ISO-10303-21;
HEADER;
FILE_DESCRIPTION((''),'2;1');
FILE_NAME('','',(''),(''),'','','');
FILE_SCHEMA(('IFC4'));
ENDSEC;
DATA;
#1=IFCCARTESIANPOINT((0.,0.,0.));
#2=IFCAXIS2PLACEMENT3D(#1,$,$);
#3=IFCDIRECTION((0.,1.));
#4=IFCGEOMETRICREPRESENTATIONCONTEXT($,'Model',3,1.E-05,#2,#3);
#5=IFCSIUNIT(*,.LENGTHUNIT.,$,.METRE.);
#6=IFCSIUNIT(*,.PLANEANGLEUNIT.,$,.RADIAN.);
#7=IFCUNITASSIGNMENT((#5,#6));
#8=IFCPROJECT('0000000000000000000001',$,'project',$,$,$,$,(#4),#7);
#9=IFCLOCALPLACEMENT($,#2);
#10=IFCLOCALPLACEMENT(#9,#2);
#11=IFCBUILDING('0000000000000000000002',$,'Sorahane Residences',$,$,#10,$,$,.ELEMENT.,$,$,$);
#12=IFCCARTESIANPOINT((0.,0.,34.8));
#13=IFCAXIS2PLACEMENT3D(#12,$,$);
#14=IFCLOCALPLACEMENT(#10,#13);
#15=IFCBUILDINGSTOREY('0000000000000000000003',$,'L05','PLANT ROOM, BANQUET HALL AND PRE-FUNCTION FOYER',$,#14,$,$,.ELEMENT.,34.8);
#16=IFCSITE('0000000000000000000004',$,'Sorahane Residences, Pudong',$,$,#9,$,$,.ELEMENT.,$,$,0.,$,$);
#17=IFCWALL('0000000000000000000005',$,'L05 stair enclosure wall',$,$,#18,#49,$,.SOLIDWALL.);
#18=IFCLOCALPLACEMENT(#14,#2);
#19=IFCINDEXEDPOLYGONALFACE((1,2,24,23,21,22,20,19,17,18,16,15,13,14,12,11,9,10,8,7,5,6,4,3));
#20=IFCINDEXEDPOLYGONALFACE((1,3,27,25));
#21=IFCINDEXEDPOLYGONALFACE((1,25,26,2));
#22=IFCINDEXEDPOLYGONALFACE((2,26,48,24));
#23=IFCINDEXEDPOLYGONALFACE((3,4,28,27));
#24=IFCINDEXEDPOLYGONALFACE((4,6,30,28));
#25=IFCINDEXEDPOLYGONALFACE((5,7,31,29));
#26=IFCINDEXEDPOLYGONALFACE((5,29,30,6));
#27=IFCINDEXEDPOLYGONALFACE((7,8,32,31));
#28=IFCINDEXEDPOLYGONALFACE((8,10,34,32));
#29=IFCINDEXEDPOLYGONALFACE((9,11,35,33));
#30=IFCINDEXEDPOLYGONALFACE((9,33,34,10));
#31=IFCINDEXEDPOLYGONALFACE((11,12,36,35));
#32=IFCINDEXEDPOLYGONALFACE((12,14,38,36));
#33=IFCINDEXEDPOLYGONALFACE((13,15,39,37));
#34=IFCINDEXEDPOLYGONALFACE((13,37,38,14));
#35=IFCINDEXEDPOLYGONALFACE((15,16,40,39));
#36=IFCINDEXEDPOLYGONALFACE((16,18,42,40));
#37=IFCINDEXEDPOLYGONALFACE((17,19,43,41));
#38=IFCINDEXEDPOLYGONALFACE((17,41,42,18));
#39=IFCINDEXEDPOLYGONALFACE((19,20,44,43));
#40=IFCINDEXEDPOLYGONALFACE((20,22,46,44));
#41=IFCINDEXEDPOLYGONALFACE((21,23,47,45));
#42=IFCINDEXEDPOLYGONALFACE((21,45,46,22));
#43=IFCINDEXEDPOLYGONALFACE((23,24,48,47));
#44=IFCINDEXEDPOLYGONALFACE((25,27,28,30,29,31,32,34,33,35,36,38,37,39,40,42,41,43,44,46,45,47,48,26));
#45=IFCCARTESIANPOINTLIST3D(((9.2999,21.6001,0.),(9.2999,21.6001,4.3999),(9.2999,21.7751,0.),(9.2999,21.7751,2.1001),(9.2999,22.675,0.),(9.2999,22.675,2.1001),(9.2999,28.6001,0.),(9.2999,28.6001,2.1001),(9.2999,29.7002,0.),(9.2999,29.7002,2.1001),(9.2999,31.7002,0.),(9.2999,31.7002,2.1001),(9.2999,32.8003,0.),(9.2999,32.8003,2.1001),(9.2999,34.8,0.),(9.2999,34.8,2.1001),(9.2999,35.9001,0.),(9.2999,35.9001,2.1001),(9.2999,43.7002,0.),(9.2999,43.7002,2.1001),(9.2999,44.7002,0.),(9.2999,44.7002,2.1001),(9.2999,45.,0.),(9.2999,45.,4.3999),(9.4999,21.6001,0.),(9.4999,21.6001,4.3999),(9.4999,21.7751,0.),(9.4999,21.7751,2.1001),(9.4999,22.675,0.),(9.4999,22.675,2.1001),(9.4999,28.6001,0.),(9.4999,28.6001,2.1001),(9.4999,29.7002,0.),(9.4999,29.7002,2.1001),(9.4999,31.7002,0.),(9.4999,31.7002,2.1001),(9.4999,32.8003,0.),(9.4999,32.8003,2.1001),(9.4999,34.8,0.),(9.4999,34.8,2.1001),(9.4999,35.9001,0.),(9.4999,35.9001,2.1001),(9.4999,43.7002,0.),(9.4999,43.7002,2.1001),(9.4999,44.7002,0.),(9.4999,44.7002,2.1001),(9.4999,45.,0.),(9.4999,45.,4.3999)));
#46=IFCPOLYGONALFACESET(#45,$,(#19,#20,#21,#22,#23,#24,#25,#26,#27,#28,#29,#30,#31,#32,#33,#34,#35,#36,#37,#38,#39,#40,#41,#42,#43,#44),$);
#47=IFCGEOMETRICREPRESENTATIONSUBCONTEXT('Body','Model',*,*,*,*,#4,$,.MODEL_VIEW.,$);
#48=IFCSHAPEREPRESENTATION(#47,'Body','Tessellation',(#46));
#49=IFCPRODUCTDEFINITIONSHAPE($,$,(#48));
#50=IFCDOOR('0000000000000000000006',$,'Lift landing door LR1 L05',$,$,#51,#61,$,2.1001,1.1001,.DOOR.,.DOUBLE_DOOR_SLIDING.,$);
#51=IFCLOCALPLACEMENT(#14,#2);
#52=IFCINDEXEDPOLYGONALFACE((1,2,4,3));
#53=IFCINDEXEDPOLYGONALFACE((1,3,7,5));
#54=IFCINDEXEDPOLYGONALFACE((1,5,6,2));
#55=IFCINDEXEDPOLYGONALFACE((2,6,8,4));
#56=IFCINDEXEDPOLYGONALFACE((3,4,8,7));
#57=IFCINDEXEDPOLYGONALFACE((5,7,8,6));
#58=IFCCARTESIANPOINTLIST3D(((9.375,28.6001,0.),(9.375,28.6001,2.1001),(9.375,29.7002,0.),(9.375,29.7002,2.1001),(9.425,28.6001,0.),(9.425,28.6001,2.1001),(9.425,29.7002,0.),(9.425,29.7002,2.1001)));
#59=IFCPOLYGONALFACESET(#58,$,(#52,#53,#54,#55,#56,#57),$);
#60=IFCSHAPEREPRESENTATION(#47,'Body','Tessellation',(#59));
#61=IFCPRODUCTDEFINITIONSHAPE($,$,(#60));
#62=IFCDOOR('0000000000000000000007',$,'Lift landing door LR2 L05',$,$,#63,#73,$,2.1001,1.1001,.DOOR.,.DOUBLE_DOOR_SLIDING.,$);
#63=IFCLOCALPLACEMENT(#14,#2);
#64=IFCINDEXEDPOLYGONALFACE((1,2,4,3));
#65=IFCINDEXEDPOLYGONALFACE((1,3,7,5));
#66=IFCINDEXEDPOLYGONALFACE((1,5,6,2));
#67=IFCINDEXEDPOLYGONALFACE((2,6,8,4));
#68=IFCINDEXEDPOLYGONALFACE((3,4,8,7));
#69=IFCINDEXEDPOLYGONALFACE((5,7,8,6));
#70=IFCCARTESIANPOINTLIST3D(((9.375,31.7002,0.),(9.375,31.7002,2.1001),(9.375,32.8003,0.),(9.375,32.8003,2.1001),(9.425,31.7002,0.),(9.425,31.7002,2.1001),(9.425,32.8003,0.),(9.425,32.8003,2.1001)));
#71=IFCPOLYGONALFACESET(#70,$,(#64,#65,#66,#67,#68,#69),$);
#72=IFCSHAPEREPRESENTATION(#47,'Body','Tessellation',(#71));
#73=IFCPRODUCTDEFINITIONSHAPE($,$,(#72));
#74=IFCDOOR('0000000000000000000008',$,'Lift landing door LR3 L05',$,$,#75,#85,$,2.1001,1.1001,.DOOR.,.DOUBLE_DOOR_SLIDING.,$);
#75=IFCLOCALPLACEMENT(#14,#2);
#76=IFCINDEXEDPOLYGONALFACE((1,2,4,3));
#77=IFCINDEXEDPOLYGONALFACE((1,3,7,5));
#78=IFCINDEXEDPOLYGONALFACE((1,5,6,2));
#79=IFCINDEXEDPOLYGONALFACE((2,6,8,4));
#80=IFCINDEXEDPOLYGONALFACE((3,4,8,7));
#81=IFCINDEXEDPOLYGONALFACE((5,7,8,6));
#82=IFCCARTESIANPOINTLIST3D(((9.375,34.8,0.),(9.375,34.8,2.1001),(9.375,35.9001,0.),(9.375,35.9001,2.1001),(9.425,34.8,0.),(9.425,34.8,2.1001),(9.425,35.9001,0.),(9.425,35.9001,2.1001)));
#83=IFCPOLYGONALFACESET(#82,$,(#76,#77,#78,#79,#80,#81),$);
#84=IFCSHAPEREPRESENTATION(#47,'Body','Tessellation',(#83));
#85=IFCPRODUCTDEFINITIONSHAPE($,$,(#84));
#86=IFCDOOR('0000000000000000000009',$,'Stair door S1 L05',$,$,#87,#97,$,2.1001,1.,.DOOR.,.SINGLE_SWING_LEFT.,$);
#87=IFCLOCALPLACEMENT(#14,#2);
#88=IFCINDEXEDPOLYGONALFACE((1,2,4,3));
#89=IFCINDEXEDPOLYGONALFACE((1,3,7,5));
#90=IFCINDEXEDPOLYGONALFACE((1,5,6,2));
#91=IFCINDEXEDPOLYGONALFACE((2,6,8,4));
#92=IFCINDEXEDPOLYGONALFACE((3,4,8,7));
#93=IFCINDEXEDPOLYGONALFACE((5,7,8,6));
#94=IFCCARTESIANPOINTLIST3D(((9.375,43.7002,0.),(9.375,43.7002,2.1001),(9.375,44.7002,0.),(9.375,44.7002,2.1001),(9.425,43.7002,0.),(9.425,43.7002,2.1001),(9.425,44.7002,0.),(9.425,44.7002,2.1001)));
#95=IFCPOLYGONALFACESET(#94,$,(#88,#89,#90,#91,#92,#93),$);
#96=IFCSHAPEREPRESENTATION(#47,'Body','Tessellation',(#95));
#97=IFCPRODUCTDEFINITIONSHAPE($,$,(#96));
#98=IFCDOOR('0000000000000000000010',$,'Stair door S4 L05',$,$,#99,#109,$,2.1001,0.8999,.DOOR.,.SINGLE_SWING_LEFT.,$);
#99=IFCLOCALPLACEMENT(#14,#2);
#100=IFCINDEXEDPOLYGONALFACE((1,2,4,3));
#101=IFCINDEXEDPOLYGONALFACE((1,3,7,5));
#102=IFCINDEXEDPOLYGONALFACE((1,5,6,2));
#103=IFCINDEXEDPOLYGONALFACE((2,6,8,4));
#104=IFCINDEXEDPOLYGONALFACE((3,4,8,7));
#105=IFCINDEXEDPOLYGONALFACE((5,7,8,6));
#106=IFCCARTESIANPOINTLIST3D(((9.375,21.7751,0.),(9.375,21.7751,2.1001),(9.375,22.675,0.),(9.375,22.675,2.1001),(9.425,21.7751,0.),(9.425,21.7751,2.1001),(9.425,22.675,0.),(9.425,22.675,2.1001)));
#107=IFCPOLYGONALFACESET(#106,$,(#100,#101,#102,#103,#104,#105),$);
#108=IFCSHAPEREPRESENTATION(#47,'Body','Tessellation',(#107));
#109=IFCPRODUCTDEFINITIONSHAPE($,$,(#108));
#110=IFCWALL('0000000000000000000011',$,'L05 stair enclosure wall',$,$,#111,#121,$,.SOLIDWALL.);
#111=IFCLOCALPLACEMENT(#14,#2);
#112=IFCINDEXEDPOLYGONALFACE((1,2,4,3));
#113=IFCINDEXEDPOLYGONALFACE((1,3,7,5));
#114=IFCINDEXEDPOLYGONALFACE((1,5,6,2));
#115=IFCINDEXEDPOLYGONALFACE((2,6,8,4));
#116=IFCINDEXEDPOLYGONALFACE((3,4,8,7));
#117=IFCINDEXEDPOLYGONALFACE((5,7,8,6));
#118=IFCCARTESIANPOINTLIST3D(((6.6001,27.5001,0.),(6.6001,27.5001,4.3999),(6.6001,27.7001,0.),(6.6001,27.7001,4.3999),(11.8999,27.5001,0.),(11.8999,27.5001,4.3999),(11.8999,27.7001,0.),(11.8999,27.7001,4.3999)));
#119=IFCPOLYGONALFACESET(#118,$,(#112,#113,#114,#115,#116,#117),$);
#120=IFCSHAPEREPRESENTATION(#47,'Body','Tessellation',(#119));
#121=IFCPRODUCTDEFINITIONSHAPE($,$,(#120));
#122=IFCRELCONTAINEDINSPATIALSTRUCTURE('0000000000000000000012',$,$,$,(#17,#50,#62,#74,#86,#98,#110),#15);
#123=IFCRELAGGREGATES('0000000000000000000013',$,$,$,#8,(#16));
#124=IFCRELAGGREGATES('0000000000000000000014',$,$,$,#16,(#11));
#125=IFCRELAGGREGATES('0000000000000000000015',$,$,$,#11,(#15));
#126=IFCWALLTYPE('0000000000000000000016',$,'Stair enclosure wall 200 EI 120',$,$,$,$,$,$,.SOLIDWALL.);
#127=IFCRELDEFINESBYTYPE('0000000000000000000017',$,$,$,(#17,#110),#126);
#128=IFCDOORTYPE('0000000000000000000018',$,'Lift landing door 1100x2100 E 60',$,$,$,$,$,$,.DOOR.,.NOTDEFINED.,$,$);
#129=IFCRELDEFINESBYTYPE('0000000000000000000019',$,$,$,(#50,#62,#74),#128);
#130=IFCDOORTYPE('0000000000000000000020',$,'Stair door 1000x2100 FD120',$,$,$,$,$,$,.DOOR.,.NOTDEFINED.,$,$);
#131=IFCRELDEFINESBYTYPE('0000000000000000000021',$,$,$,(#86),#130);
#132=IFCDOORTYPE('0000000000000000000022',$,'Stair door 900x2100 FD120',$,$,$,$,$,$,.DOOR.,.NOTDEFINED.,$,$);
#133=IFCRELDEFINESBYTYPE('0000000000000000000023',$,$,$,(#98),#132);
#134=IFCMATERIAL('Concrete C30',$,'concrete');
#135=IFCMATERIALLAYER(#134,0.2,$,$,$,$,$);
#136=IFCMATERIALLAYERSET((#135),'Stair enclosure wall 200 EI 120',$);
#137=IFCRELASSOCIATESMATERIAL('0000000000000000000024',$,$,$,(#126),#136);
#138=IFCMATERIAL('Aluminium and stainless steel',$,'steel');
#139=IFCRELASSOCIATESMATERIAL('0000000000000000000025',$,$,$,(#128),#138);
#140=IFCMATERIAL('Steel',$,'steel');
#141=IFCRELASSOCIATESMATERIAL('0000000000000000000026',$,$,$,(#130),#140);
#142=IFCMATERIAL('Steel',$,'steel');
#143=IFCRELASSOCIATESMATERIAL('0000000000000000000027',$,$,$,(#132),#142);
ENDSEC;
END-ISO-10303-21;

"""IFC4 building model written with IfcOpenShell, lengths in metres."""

from ifc_helpers import new_model, si_unit, direction, frame, frame_2d, origin, place, context, subcontext, project, spatial, rectangle, extrude, material, layer, layer_set, type_object, element, fill, save


model = new_model("IFC4")

# Units and contexts
model_context = context("Model", 3, precision=1e-05, world=origin(), true_north=direction((0.0, 1.0)))
body_context = subcontext(model_context, "Body", "Model", "MODEL_VIEW")
ifc_project = project(units=[si_unit("LENGTHUNIT", "METRE"), si_unit("PLANEANGLEUNIT", "RADIAN")], contexts=[model_context])

# Site, building, storey
site_placement = place(None, origin())
site = spatial("IfcSite", under=ifc_project, at=site_placement, Name="Sorahane Residences, Pudong", CompositionType="ELEMENT", RefElevation=0.0)
building_placement = place(site_placement, origin())
building = spatial("IfcBuilding", under=site, at=building_placement, Name="Sorahane Residences", CompositionType="ELEMENT")
storey_placement = place(building_placement, frame((0.0, 0.0, 34.8)))
storey = spatial("IfcBuildingStorey", under=building, at=storey_placement, Name="L05", Description="PLANT ROOM, BANQUET HALL AND PRE-FUNCTION FOYER", CompositionType="ELEMENT", Elevation=34.8)

# Wall, openings, doors
ifc_material_1 = material(Name="Concrete C30", Category="concrete")
ifc_layer_1 = layer(ifc_material_1, 0.2)
ifc_layer_set_1 = layer_set([ifc_layer_1], Name="Stair enclosure wall 200 EI 120")
wall_type_1 = type_object("IfcWallType", Name="Stair enclosure wall 200 EI 120", PredefinedType="SOLIDWALL", material=ifc_layer_set_1)
wall_1_placement = place(storey_placement, frame((9.3999, 21.6001, 0.0), z_axis=(0.0, 0.0, 1.0), x_axis=(0.0, 1.0, 0.0)))
wall_1 = element("IfcWall", 1, at=wall_1_placement, inside=storey, type_object=wall_type_1, Name="L05 stair enclosure wall", PredefinedType="SOLIDWALL", context=body_context, shape_type="SweptSolid", body=[
    extrude(rectangle(XDim=23.3999, YDim=0.2, at=frame_2d((11.7, 0.0))), origin(), (0.0, 0.0, 1.0), 4.3999),
])
opening_1_placement = place(wall_1_placement, frame((7.0, 0.0, 0.0)))
opening_1 = element("IfcOpeningElement", 2, at=opening_1_placement, cuts=wall_1, PredefinedType="OPENING", context=body_context, shape_type="SweptSolid", body=[
    extrude(rectangle(XDim=1.1001, YDim=2.1001, at=frame_2d((0.55, 1.05))), frame((0.0, 0.1099, 0.0), z_axis=(0.0, -1.0, 0.0), x_axis=(1.0, 0.0, 0.0)), (0.0, 0.0, 1.0), 0.22),
])
opening_2_placement = place(wall_1_placement, frame((10.1001, 0.0, 0.0)))
opening_2 = element("IfcOpeningElement", 3, at=opening_2_placement, cuts=wall_1, PredefinedType="OPENING", context=body_context, shape_type="SweptSolid", body=[
    extrude(rectangle(XDim=1.1001, YDim=2.1001, at=frame_2d((0.55, 1.05))), frame((0.0, 0.1099, 0.0), z_axis=(0.0, -1.0, 0.0), x_axis=(1.0, 0.0, 0.0)), (0.0, 0.0, 1.0), 0.22),
])
opening_3_placement = place(wall_1_placement, frame((13.2, 0.0, 0.0)))
opening_3 = element("IfcOpeningElement", 4, at=opening_3_placement, cuts=wall_1, PredefinedType="OPENING", context=body_context, shape_type="SweptSolid", body=[
    extrude(rectangle(XDim=1.1001, YDim=2.1001, at=frame_2d((0.55, 1.05))), frame((0.0, 0.1099, 0.0), z_axis=(0.0, -1.0, 0.0), x_axis=(1.0, 0.0, 0.0)), (0.0, 0.0, 1.0), 0.22),
])
opening_4_placement = place(wall_1_placement, frame((22.1001, 0.0, 0.0)))
opening_4 = element("IfcOpeningElement", 5, at=opening_4_placement, cuts=wall_1, PredefinedType="OPENING", context=body_context, shape_type="SweptSolid", body=[
    extrude(rectangle(XDim=1.0, YDim=2.1001, at=frame_2d((0.5, 1.05))), frame((0.0, 0.1099, 0.0), z_axis=(0.0, -1.0, 0.0), x_axis=(1.0, 0.0, 0.0)), (0.0, 0.0, 1.0), 0.22),
])
opening_5_placement = place(wall_1_placement, frame((0.175, 0.0, 0.0)))
opening_5 = element("IfcOpeningElement", 6, at=opening_5_placement, cuts=wall_1, PredefinedType="OPENING", context=body_context, shape_type="SweptSolid", body=[
    extrude(rectangle(XDim=0.8999, YDim=2.1001, at=frame_2d((0.45, 1.05))), frame((0.0, 0.1099, 0.0), z_axis=(0.0, -1.0, 0.0), x_axis=(1.0, 0.0, 0.0)), (0.0, 0.0, 1.0), 0.22),
])
ifc_material_2 = material(Name="Aluminium and stainless steel", Category="steel")
door_type_1 = type_object("IfcDoorType", Name="Lift landing door 1100x2100 E 60", OperationType="NOTDEFINED", PredefinedType="DOOR", material=ifc_material_2)
door_1_placement = place(opening_1_placement, origin())
door_1 = element("IfcDoor", 7, at=door_1_placement, inside=storey, type_object=door_type_1, Name="Lift landing door LR1 L05", OperationType="DOUBLE_DOOR_SLIDING", OverallHeight=2.1001, OverallWidth=1.1001, PredefinedType="DOOR", context=body_context, shape_type="SweptSolid", body=[
    extrude(rectangle(XDim=1.1001, YDim=2.1001, at=frame_2d((0.55, 1.05))), frame((0.0, 0.0249, 0.0), z_axis=(0.0, -1.0, 0.0), x_axis=(1.0, 0.0, 0.0)), (0.0, 0.0, 1.0), 0.05),
])
fill(opening_1, door_1)
door_2_placement = place(opening_2_placement, origin())
door_2 = element("IfcDoor", 8, at=door_2_placement, inside=storey, type_object=door_type_1, Name="Lift landing door LR2 L05", OperationType="DOUBLE_DOOR_SLIDING", OverallHeight=2.1001, OverallWidth=1.1001, PredefinedType="DOOR", context=body_context, shape_type="SweptSolid", body=[
    extrude(rectangle(XDim=1.1001, YDim=2.1001, at=frame_2d((0.55, 1.05))), frame((0.0, 0.0249, 0.0), z_axis=(0.0, -1.0, 0.0), x_axis=(1.0, 0.0, 0.0)), (0.0, 0.0, 1.0), 0.05),
])
fill(opening_2, door_2)
door_3_placement = place(opening_3_placement, origin())
door_3 = element("IfcDoor", 9, at=door_3_placement, inside=storey, type_object=door_type_1, Name="Lift landing door LR3 L05", OperationType="DOUBLE_DOOR_SLIDING", OverallHeight=2.1001, OverallWidth=1.1001, PredefinedType="DOOR", context=body_context, shape_type="SweptSolid", body=[
    extrude(rectangle(XDim=1.1001, YDim=2.1001, at=frame_2d((0.55, 1.05))), frame((0.0, 0.0249, 0.0), z_axis=(0.0, -1.0, 0.0), x_axis=(1.0, 0.0, 0.0)), (0.0, 0.0, 1.0), 0.05),
])
fill(opening_3, door_3)
ifc_material_3 = material(Name="Steel", Category="steel")
door_type_2 = type_object("IfcDoorType", Name="Stair door 1000x2100 FD120", OperationType="NOTDEFINED", PredefinedType="DOOR", material=ifc_material_3)
door_4_placement = place(opening_4_placement, origin())
door_4 = element("IfcDoor", 10, at=door_4_placement, inside=storey, type_object=door_type_2, Name="Stair door S1 L05", OperationType="SINGLE_SWING_LEFT", OverallHeight=2.1001, OverallWidth=1.0, PredefinedType="DOOR", context=body_context, shape_type="SweptSolid", body=[
    extrude(rectangle(XDim=1.0, YDim=2.1001, at=frame_2d((0.5, 1.05))), frame((0.0, 0.0249, 0.0), z_axis=(0.0, -1.0, 0.0), x_axis=(1.0, 0.0, 0.0)), (0.0, 0.0, 1.0), 0.05),
])
fill(opening_4, door_4)
ifc_material_4 = material(Name="Steel", Category="steel")
door_type_3 = type_object("IfcDoorType", Name="Stair door 900x2100 FD120", OperationType="NOTDEFINED", PredefinedType="DOOR", material=ifc_material_4)
door_5_placement = place(opening_5_placement, origin())
door_5 = element("IfcDoor", 11, at=door_5_placement, inside=storey, type_object=door_type_3, Name="Stair door S4 L05", OperationType="SINGLE_SWING_LEFT", OverallHeight=2.1001, OverallWidth=0.8999, PredefinedType="DOOR", context=body_context, shape_type="SweptSolid", body=[
    extrude(rectangle(XDim=0.8999, YDim=2.1001, at=frame_2d((0.45, 1.05))), frame((0.0, 0.0249, 0.0), z_axis=(0.0, -1.0, 0.0), x_axis=(1.0, 0.0, 0.0)), (0.0, 0.0, 1.0), 0.05),
])
fill(opening_5, door_5)

# Wall
wall_2_placement = place(storey_placement, frame((6.6001, 27.6001, 0.0), z_axis=(0.0, 0.0, 1.0), x_axis=(1.0, 0.0, 0.0)))
element("IfcWall", 12, at=wall_2_placement, inside=storey, type_object=wall_type_1, Name="L05 stair enclosure wall", PredefinedType="SOLIDWALL", context=body_context, shape_type="SweptSolid", body=[
    extrude(rectangle(XDim=5.2998, YDim=0.2, at=frame_2d((2.6499, 0.0))), origin(), (0.0, 0.0, 1.0), 4.3999),
])

save(model, "model.ifc")
